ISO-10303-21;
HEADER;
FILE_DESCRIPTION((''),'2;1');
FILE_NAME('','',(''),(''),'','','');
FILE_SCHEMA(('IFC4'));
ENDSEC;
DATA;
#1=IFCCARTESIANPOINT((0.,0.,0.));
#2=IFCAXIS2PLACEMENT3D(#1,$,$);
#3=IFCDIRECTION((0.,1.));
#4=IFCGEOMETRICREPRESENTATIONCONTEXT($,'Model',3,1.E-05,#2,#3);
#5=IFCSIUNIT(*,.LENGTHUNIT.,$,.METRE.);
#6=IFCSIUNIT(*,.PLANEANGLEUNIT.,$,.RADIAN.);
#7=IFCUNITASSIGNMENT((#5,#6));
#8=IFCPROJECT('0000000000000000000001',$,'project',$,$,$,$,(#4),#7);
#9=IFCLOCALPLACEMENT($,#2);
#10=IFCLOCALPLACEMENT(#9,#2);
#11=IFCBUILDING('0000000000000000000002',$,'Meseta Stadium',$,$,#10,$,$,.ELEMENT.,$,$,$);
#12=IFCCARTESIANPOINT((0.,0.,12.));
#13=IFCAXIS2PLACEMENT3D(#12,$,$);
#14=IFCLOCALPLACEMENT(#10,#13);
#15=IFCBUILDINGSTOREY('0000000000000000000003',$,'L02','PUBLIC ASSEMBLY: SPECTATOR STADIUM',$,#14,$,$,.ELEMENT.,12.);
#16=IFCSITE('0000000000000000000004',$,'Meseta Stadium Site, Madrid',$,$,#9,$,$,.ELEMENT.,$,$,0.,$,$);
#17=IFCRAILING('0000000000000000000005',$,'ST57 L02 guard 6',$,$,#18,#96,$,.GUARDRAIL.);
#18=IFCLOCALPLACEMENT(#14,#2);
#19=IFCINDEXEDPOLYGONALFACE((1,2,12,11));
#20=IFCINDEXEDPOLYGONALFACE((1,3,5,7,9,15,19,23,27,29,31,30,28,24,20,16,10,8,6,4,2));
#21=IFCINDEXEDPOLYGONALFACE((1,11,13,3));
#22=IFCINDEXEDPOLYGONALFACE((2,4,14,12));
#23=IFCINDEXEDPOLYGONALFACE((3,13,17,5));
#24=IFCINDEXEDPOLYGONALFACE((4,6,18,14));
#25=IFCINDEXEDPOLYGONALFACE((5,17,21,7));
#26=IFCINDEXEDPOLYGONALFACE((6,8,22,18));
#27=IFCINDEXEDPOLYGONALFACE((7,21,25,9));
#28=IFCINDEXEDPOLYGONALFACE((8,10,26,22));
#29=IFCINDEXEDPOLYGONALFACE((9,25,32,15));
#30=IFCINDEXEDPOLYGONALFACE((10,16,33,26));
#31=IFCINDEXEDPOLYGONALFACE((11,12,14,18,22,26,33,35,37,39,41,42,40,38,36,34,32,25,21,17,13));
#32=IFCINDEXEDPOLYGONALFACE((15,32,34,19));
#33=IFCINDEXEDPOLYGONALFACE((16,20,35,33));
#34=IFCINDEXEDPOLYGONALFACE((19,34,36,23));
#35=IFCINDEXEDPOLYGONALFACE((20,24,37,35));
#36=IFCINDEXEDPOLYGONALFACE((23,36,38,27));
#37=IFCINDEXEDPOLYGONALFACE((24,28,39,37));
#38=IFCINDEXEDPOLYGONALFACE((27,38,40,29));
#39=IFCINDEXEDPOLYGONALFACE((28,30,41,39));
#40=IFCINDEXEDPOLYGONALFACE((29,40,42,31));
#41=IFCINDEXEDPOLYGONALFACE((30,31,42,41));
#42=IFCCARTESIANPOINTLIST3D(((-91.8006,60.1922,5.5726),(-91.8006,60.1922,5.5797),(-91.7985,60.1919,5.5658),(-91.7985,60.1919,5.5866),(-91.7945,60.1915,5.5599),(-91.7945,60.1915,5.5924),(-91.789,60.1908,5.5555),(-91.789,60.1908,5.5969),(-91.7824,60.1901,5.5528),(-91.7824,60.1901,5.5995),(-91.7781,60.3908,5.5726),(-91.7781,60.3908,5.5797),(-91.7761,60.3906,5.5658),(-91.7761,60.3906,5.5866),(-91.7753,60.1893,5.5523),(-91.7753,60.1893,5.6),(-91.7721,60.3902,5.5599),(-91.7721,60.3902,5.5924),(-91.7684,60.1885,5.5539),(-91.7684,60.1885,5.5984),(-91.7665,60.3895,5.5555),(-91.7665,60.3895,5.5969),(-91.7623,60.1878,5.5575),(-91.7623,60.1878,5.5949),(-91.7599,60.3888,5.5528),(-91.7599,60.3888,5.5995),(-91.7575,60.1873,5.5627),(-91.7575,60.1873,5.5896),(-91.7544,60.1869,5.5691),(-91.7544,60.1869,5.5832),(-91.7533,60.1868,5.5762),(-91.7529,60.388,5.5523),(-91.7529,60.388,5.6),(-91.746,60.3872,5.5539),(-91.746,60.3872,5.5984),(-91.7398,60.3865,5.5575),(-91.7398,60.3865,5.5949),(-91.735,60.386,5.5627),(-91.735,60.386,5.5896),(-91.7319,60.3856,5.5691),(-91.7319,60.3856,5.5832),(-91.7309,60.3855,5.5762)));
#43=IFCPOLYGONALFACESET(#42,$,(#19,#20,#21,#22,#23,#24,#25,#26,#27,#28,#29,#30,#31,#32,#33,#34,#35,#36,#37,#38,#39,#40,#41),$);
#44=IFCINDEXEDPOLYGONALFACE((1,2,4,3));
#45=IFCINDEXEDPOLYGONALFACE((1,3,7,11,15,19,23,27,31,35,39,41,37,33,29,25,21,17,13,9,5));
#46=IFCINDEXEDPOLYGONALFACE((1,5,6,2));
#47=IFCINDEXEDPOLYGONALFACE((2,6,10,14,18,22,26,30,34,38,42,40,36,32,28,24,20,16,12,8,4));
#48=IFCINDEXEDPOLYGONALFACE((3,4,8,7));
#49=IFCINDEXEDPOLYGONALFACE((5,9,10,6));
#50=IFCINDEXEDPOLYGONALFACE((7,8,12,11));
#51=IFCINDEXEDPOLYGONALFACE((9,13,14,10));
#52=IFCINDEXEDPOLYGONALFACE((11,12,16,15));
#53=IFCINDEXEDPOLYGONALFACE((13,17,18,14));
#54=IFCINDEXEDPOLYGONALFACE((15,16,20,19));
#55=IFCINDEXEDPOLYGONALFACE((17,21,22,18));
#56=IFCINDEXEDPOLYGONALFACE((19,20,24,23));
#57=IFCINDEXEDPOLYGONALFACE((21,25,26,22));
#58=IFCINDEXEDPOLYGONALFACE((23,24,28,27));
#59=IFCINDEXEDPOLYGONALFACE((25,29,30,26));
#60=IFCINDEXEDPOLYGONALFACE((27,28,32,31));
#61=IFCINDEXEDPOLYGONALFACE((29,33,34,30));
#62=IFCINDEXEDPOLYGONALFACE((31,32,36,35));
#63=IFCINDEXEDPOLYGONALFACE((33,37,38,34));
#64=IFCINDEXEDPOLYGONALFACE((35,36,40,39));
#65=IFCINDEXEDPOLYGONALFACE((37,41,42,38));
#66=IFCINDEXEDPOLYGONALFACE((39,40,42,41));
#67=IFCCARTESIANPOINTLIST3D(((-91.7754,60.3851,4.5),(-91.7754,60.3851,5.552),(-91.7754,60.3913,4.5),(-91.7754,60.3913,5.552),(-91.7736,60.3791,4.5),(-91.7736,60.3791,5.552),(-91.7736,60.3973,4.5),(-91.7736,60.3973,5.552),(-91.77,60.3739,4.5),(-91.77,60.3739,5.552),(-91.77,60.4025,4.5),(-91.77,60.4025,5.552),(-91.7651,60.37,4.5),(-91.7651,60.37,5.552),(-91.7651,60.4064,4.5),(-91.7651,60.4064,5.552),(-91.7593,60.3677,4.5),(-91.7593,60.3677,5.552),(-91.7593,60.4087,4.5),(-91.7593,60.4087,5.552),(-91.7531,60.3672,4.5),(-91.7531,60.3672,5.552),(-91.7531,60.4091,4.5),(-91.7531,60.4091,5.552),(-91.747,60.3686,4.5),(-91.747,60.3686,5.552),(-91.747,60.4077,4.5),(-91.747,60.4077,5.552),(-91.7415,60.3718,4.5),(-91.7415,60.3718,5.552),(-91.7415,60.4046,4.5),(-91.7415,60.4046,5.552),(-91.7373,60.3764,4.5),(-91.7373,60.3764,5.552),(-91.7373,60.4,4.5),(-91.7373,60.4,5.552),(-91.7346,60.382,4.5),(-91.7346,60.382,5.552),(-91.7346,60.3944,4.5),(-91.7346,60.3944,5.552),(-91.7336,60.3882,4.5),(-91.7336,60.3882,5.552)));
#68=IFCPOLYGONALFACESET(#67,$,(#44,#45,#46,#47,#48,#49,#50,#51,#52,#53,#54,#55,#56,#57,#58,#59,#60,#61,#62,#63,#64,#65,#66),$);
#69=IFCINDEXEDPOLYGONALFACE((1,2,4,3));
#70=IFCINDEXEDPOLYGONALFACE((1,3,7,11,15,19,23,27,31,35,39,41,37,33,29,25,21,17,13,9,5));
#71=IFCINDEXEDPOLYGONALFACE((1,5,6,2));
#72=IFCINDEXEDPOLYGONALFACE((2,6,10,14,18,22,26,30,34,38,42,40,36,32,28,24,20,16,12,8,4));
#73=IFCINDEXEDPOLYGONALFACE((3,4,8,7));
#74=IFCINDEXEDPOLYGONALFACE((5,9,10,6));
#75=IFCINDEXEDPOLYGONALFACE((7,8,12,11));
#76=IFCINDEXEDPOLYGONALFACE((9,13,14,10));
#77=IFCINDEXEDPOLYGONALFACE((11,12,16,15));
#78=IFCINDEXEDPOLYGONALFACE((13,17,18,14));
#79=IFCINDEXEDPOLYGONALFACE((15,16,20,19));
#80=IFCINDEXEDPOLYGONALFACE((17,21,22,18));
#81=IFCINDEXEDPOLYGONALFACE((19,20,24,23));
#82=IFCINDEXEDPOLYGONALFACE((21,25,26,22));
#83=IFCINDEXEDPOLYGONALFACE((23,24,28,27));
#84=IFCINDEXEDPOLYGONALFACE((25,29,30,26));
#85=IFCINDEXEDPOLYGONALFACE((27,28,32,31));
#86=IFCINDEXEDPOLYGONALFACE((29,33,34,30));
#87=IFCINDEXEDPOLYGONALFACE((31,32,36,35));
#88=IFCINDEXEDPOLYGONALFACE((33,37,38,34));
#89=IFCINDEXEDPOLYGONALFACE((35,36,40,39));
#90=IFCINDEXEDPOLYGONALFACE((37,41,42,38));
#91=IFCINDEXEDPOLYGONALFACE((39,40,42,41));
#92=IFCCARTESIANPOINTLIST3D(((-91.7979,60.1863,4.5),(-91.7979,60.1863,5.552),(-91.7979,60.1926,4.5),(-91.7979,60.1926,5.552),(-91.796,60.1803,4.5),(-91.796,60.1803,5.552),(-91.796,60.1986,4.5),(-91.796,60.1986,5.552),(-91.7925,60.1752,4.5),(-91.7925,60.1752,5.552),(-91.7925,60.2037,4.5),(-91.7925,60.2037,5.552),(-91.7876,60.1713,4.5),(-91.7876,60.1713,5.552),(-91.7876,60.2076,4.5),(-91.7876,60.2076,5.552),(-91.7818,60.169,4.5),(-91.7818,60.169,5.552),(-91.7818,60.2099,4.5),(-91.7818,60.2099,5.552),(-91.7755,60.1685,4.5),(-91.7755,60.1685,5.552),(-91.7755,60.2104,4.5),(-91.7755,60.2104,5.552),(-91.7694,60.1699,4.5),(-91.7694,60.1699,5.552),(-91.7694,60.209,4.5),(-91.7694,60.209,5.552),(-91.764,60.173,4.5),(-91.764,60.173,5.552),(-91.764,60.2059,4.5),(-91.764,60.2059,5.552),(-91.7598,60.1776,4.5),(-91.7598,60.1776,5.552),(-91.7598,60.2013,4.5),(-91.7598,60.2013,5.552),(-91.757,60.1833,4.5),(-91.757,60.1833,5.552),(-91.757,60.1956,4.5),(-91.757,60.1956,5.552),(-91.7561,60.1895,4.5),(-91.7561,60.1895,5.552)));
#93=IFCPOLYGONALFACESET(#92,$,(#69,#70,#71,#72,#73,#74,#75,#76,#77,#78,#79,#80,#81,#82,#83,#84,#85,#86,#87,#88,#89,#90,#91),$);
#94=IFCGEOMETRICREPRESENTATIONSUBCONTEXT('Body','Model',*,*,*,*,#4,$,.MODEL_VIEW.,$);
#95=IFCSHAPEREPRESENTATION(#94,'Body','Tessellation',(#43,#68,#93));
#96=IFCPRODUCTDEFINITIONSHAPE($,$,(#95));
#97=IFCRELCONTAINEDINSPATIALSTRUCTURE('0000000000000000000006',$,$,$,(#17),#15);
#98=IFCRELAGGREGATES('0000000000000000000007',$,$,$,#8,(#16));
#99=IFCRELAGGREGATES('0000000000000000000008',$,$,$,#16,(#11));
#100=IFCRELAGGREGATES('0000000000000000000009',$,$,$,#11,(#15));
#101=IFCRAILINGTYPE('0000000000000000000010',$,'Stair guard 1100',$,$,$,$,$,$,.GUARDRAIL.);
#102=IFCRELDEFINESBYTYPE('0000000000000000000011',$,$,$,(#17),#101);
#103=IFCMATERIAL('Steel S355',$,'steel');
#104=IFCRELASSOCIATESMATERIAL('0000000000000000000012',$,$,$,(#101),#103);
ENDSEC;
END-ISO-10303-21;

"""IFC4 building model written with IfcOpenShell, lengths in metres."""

from ifc_helpers import new_model, si_unit, direction, frame, origin, origin_2d, place, context, subcontext, project, spatial, circle, extrude, material, type_object, element, save


model = new_model("IFC4")

# Units and contexts
model_context = context("Model", 3, precision=1e-05, world=origin(), true_north=direction((0.0, 1.0)))
body_context = subcontext(model_context, "Body", "Model", "MODEL_VIEW")
ifc_project = project(units=[si_unit("LENGTHUNIT", "METRE"), si_unit("PLANEANGLEUNIT", "RADIAN")], contexts=[model_context])

# Site, building, storey
site_placement = place(None, origin())
site = spatial("IfcSite", under=ifc_project, at=site_placement, Name="Meseta Stadium Site, Madrid", CompositionType="ELEMENT", RefElevation=0.0)
building_placement = place(site_placement, origin())
building = spatial("IfcBuilding", under=site, at=building_placement, Name="Meseta Stadium", CompositionType="ELEMENT")
storey_placement = place(building_placement, frame((0.0, 0.0, 12.0)))
storey = spatial("IfcBuildingStorey", under=building, at=storey_placement, Name="L02", Description="PUBLIC ASSEMBLY: SPECTATOR STADIUM", CompositionType="ELEMENT", Elevation=12.0)

# Railing
ifc_material_1 = material(Name="Steel S355", Category="steel")
railing_type_1 = type_object("IfcRailingType", Name="Stair guard 1100", PredefinedType="GUARDRAIL", material=ifc_material_1)
railing_1_placement = place(storey_placement, frame((-91.7546, 60.3882, 4.5)))
element("IfcRailing", 1, at=railing_1_placement, inside=storey, type_object=railing_type_1, Name="ST57 L02 guard 6", PredefinedType="GUARDRAIL", context=body_context, shape_type="SweptSolid", body=[
    extrude(circle(Radius=0.0239, at=origin_2d()), frame((0.0, 0.0, 1.0762), z_axis=(-0.112307, -0.993674, 0.0), x_axis=(0.993674, -0.112307, 0.0)), (0.0, 0.0, 1.0), 0.2),
    extrude(circle(Radius=0.021, at=origin_2d()), origin(), (0.0, 0.0, 1.0), 1.052),
    extrude(circle(Radius=0.021, at=origin_2d()), frame((-0.0225, -0.1987, 0.0)), (0.0, 0.0, 1.0), 1.052),
])

save(model, "model.ifc")
